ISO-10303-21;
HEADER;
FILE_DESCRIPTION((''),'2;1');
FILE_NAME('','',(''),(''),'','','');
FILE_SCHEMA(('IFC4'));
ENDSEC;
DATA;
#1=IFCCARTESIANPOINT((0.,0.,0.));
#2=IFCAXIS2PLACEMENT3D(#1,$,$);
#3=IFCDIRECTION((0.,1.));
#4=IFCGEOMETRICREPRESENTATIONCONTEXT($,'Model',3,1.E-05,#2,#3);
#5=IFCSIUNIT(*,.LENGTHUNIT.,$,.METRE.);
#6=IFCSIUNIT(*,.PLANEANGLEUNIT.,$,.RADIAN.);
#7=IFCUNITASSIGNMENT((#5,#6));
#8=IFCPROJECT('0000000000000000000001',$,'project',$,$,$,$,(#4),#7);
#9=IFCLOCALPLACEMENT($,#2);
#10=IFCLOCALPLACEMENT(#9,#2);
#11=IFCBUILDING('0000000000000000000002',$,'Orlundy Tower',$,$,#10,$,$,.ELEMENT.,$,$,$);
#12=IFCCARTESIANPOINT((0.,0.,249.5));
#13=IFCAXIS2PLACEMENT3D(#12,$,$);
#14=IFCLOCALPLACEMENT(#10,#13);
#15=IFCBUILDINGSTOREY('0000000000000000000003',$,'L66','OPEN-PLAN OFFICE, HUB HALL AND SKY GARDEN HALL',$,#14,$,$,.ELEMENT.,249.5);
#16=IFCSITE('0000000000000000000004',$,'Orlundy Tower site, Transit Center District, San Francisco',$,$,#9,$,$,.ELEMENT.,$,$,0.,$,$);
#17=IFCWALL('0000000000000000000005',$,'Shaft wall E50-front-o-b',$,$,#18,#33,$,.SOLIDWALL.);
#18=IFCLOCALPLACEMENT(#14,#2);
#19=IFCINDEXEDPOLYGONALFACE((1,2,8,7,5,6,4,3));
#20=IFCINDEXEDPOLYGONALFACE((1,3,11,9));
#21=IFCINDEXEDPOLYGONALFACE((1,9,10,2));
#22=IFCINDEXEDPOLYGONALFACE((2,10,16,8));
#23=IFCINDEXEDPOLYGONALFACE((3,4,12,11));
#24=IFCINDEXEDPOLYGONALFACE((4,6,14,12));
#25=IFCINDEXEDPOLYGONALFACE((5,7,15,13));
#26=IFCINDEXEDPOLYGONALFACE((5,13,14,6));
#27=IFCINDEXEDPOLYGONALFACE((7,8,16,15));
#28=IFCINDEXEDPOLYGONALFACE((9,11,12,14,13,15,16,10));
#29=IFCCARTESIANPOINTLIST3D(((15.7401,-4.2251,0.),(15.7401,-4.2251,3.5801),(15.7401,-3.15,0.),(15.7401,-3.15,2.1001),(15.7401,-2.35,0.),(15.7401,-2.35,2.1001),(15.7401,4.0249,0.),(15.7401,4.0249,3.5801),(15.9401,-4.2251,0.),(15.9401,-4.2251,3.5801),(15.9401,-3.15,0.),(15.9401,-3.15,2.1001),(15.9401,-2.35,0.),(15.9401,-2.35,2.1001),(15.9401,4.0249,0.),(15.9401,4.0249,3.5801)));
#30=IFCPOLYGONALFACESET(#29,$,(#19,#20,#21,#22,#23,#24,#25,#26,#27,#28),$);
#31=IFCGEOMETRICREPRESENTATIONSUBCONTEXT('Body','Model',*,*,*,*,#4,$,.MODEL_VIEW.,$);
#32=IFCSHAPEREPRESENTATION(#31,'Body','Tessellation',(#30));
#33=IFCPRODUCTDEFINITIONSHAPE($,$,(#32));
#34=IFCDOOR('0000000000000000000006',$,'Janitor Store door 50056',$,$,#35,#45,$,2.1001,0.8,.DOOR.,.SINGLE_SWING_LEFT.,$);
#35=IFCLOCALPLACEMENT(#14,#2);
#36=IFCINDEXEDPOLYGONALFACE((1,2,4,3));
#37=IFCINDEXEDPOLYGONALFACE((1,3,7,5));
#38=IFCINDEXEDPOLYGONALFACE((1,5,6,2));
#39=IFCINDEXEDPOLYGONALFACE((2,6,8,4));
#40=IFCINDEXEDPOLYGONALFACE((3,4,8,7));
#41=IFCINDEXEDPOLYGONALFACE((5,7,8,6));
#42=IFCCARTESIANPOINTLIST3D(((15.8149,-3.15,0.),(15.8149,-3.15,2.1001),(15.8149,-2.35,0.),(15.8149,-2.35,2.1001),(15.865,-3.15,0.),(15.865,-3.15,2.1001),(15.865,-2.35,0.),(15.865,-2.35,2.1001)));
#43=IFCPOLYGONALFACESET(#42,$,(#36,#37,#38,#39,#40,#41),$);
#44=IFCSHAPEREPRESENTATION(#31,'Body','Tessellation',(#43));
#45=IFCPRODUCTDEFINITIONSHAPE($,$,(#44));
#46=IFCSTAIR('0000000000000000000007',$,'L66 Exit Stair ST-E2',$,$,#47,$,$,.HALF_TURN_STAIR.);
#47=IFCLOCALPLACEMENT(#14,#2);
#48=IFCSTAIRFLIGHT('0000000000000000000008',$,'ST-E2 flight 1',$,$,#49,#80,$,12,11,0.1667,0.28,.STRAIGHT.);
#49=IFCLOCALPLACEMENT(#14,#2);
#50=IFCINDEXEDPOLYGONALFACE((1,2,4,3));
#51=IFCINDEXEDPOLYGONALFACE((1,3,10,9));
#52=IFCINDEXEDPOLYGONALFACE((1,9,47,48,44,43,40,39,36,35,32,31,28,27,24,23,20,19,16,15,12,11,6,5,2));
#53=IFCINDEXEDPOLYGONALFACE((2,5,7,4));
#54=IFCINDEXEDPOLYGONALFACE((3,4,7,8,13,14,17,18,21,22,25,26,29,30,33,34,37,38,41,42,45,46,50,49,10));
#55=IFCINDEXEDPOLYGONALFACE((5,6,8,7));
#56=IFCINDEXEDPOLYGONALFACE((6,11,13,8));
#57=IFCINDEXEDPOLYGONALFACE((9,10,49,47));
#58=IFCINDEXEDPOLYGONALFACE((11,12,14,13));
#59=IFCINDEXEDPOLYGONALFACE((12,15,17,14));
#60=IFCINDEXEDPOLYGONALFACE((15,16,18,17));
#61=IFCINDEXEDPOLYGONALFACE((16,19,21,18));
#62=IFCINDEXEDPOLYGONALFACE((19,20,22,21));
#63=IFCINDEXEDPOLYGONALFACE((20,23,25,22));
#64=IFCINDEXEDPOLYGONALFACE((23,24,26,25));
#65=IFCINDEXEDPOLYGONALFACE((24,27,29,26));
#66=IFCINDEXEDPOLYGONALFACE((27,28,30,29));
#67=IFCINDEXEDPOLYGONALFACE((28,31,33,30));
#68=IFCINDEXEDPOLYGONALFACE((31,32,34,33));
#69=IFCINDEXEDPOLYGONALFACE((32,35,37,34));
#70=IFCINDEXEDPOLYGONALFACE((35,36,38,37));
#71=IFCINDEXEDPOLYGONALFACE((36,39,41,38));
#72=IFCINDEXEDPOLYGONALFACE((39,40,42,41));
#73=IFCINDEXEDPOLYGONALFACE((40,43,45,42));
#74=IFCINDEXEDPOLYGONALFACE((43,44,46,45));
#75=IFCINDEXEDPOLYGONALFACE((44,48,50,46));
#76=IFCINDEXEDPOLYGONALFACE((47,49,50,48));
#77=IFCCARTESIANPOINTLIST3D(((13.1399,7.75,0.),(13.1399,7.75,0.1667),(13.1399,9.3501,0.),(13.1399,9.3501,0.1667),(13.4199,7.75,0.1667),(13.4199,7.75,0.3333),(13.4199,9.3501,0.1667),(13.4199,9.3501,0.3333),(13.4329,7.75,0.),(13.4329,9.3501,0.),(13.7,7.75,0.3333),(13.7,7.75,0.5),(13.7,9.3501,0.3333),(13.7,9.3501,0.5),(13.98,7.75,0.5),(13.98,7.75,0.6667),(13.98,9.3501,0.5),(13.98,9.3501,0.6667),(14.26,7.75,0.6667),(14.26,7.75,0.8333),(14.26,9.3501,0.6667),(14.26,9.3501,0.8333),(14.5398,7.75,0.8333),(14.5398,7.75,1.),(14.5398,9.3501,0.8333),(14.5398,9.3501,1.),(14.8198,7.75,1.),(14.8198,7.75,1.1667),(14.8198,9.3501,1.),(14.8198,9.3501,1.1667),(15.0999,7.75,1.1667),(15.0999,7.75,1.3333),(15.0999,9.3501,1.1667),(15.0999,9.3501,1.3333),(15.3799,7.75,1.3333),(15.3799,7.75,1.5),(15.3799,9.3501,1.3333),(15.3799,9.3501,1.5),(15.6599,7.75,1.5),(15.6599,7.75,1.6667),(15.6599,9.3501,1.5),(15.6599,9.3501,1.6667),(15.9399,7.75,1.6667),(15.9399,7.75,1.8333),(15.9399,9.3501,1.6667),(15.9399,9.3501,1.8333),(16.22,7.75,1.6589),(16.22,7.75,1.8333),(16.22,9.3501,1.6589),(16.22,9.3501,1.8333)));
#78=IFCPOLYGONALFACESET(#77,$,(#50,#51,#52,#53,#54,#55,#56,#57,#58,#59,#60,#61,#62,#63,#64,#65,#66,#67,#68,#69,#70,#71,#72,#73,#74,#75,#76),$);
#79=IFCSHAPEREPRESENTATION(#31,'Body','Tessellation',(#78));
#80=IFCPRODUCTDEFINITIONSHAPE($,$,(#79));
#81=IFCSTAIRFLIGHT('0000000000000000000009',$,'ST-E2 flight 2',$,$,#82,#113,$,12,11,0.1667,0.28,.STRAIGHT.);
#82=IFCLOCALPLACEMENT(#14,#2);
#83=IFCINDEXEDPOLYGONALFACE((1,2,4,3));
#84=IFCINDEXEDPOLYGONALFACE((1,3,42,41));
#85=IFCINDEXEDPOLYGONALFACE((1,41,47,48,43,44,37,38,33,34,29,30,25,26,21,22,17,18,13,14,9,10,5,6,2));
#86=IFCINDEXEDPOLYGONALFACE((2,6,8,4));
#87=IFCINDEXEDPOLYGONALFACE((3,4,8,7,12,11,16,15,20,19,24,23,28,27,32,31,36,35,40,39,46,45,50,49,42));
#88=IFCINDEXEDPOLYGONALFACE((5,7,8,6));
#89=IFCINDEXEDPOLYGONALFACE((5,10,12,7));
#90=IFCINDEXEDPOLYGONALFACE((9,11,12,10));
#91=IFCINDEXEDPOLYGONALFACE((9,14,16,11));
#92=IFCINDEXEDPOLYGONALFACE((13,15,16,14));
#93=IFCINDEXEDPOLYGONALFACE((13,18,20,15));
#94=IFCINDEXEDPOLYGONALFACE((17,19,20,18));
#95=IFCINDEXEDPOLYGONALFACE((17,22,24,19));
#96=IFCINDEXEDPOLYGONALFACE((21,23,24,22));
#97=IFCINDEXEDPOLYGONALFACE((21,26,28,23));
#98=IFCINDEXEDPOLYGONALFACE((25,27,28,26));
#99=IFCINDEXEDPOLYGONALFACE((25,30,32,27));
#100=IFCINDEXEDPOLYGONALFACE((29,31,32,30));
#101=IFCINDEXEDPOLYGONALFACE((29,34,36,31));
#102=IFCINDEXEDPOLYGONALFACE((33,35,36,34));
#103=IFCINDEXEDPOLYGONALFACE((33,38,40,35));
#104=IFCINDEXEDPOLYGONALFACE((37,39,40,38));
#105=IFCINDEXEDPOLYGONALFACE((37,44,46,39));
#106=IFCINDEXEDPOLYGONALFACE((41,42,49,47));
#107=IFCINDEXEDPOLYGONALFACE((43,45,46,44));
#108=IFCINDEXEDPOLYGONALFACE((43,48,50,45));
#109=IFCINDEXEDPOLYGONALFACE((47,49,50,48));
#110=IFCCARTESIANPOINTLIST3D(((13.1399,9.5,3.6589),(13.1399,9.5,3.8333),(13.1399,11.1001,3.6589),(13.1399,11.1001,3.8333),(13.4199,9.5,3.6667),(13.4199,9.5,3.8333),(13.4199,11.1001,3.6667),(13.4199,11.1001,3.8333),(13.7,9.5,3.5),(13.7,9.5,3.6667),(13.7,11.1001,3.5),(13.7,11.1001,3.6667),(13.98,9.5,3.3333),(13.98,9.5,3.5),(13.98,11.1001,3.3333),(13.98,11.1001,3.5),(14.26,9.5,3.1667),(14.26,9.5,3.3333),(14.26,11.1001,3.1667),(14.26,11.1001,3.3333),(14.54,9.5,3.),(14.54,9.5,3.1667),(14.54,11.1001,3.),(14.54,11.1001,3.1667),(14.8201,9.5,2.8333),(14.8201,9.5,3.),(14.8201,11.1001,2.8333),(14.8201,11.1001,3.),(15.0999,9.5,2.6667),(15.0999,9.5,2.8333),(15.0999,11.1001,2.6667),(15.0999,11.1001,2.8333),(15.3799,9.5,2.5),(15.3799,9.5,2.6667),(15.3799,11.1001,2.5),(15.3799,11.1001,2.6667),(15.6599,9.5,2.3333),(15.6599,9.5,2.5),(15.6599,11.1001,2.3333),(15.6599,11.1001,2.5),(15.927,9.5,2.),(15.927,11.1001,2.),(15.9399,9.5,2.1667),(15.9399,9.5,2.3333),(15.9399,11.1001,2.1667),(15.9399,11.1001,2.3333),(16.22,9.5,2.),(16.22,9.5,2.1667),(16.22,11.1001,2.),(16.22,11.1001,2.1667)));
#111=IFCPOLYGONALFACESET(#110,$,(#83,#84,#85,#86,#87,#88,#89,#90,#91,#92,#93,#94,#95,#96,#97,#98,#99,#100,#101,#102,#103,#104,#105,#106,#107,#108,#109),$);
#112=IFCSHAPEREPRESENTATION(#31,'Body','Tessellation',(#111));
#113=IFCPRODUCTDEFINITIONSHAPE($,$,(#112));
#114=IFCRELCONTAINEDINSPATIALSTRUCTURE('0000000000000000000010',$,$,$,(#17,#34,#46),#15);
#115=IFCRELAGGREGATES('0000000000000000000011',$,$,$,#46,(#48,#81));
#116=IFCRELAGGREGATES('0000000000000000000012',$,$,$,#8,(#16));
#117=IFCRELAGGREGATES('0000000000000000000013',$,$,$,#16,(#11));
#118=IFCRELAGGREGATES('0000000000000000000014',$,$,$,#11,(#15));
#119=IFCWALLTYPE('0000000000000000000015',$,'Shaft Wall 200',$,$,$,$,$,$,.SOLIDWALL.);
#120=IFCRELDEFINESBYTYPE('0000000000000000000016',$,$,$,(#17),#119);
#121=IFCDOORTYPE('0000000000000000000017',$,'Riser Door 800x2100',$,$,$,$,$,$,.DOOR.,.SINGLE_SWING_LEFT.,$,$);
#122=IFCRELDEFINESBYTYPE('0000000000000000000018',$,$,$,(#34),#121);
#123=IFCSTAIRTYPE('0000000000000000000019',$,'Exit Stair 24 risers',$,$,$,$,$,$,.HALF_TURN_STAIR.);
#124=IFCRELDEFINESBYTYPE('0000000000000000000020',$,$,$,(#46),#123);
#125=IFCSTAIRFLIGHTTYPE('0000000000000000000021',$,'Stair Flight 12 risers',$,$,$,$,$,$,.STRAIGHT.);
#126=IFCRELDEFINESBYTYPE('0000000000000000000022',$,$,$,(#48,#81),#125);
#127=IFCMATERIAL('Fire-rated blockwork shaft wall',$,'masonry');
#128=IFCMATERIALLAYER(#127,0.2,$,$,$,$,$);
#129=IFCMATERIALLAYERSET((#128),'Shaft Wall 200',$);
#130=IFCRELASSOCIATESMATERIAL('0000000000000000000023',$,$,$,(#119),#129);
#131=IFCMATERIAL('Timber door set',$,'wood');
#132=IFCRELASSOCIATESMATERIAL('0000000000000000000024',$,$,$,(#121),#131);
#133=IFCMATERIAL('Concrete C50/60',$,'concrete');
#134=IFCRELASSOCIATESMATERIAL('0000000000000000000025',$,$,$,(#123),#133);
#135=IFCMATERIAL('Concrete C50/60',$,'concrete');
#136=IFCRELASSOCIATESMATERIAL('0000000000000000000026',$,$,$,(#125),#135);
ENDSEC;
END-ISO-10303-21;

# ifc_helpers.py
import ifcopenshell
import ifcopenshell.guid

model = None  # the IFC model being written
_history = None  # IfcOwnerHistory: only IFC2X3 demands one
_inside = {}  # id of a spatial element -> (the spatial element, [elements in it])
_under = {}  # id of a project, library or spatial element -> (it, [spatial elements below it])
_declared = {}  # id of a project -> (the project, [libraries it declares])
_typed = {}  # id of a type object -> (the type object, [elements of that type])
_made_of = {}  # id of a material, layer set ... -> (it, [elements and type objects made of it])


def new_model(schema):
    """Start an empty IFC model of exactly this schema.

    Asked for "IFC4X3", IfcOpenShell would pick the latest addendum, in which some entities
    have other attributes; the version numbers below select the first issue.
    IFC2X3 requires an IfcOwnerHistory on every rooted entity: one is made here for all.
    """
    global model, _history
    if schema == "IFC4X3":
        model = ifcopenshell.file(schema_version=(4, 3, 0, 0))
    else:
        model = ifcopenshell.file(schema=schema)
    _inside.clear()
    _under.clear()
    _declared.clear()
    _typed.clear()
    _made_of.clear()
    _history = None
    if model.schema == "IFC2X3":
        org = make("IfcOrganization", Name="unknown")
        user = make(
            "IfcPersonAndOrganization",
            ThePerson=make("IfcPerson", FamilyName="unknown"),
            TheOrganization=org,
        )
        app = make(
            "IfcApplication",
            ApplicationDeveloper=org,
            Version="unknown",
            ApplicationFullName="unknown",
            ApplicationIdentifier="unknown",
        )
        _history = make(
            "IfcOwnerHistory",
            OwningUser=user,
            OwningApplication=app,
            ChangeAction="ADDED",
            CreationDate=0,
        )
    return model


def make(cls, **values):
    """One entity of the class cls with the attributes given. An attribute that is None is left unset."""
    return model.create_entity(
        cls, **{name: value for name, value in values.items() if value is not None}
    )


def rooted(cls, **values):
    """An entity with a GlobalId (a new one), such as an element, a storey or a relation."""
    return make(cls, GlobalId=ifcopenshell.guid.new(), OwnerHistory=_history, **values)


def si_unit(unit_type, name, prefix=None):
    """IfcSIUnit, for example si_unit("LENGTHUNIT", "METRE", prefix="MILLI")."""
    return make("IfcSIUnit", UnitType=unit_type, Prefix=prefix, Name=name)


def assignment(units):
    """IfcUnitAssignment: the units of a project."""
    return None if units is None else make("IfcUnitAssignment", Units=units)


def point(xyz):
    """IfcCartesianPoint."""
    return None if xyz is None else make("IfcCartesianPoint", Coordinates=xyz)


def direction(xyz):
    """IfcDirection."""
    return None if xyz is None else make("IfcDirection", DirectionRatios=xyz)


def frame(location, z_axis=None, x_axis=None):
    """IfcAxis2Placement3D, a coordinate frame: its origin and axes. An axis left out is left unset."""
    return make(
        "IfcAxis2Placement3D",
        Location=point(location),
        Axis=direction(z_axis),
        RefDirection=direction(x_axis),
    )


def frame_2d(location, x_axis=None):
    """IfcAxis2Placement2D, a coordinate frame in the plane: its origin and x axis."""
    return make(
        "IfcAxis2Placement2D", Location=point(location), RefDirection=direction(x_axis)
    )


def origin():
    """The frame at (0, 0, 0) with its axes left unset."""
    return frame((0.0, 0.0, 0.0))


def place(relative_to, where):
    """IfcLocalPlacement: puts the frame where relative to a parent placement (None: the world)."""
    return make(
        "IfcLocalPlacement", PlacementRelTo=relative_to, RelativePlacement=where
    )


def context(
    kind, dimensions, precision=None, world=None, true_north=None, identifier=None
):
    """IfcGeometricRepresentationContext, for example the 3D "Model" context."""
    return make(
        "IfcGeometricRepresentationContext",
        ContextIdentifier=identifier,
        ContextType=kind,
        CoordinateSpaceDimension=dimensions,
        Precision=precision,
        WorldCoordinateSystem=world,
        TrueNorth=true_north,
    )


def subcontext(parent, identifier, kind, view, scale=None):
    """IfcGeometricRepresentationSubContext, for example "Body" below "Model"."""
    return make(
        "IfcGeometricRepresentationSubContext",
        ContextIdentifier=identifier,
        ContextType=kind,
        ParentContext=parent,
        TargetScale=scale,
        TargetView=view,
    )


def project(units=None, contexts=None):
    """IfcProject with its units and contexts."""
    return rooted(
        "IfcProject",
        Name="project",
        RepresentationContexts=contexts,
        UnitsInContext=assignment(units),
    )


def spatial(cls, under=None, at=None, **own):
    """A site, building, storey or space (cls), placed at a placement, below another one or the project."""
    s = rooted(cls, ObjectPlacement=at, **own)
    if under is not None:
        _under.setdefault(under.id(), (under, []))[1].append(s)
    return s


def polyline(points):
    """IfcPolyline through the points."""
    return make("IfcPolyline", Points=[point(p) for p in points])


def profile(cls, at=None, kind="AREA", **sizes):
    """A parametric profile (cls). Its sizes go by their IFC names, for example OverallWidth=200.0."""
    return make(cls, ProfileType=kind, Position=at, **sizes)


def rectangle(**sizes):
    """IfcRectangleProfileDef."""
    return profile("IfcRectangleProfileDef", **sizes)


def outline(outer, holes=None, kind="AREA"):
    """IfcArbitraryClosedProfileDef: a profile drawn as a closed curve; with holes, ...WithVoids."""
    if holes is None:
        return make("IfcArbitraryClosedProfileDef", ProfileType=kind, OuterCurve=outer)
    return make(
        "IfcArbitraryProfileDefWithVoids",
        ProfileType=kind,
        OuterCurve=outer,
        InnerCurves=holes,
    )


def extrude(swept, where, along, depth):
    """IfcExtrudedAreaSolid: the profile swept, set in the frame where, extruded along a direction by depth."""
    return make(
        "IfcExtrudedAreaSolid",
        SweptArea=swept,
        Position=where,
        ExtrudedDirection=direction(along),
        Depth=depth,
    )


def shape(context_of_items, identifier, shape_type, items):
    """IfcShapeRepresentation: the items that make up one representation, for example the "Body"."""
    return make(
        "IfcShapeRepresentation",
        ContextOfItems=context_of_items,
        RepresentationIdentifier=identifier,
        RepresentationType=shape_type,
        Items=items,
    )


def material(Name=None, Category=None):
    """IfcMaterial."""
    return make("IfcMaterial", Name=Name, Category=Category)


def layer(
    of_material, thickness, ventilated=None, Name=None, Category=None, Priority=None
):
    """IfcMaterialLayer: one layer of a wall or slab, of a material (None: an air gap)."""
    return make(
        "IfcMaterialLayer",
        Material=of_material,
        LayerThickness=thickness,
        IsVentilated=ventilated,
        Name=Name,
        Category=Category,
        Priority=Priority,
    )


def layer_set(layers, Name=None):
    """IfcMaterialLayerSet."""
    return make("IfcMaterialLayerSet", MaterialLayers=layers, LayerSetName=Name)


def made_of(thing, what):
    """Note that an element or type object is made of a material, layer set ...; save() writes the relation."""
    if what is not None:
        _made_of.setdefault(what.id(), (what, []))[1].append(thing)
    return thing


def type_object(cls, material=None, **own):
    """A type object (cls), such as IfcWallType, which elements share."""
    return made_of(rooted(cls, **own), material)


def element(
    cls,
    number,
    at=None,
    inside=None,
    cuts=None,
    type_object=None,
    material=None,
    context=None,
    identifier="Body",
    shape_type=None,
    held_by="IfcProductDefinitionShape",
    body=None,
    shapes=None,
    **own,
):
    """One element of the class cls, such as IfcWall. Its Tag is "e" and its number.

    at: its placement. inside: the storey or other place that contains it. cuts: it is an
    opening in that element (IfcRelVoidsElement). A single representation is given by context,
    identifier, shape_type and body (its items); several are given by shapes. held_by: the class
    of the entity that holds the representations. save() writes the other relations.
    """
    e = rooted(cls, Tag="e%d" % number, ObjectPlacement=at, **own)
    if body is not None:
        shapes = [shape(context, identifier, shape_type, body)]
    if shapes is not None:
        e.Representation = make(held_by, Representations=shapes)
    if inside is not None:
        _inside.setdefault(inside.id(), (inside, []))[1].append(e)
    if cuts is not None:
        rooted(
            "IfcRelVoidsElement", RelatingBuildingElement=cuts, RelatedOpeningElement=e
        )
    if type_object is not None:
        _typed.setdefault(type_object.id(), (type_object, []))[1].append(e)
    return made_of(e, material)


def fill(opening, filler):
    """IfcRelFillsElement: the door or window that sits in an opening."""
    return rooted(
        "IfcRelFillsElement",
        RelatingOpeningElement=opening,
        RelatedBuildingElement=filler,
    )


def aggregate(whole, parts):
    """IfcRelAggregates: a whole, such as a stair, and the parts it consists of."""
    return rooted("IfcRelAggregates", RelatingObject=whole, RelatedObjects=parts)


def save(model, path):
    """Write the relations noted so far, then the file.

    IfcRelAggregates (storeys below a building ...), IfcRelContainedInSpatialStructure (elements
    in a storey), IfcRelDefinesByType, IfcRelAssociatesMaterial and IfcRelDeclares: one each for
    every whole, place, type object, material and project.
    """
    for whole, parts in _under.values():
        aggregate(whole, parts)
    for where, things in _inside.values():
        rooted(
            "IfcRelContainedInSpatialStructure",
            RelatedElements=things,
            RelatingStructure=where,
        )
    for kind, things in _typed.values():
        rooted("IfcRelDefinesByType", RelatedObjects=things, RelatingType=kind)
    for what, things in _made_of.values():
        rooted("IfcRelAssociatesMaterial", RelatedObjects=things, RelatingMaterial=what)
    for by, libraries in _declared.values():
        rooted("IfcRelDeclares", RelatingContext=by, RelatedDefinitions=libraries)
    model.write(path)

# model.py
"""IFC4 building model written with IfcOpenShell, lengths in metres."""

from ifc_helpers import new_model, si_unit, direction, frame, frame_2d, origin, place, context, subcontext, project, spatial, polyline, rectangle, outline, extrude, material, layer, layer_set, type_object, element, fill, aggregate, save


model = new_model("IFC4")

# Units and contexts
model_context = context("Model", 3, precision=1e-05, world=origin(), true_north=direction((0.0, 1.0)))
body_context = subcontext(model_context, "Body", "Model", "MODEL_VIEW")
ifc_project = project(units=[si_unit("LENGTHUNIT", "METRE"), si_unit("PLANEANGLEUNIT", "RADIAN")], contexts=[model_context])

# Site, building, storey
site_placement = place(None, origin())
site = spatial("IfcSite", under=ifc_project, at=site_placement, Name="Orlundy Tower site, Transit Center District, San Francisco", CompositionType="ELEMENT", RefElevation=0.0)
building_placement = place(site_placement, origin())
building = spatial("IfcBuilding", under=site, at=building_placement, Name="Orlundy Tower", CompositionType="ELEMENT")
storey_placement = place(building_placement, frame((0.0, 0.0, 249.5)))
storey = spatial("IfcBuildingStorey", under=building, at=storey_placement, Name="L66", Description="OPEN-PLAN OFFICE, HUB HALL AND SKY GARDEN HALL", CompositionType="ELEMENT", Elevation=249.5)

# Shared definitions
ifc_material_1 = material(Name="Fire-rated blockwork shaft wall", Category="masonry")
ifc_layer_1 = layer(ifc_material_1, 0.2)
ifc_layer_set_1 = layer_set([ifc_layer_1], Name="Shaft Wall 200")
wall_type_1 = type_object("IfcWallType", Name="Shaft Wall 200", PredefinedType="SOLIDWALL", material=ifc_layer_set_1)

# Shared definitions
ifc_material_2 = material(Name="Timber door set", Category="wood")
door_type_1 = type_object("IfcDoorType", Name="Riser Door 800x2100", OperationType="SINGLE_SWING_LEFT", PredefinedType="DOOR", material=ifc_material_2)

# Wall, opening, door
wall_1_placement = place(storey_placement, frame((15.8401, 4.0249, 0.0), z_axis=(0.0, 0.0, 1.0), x_axis=(0.0, -1.0, 0.0)))
wall_1 = element("IfcWall", 1, at=wall_1_placement, inside=storey, type_object=wall_type_1, Name="Shaft wall E50-front-o-b", PredefinedType="SOLIDWALL", context=body_context, shape_type="SweptSolid", body=[
    extrude(rectangle(XDim=8.25, YDim=0.2, at=frame_2d((4.125, 0.0))), origin(), (0.0, 0.0, 1.0), 3.5801),
])
opening_1_placement = place(wall_1_placement, frame((6.375, 0.0, 0.0)))
opening_1 = element("IfcOpeningElement", 2, at=opening_1_placement, cuts=wall_1, PredefinedType="OPENING", context=body_context, shape_type="SweptSolid", body=[
    extrude(rectangle(XDim=0.8, YDim=2.1001, at=frame_2d((0.3999, 1.05))), frame((0.0, 0.1101, 0.0), z_axis=(0.0, -1.0, 0.0), x_axis=(1.0, 0.0, 0.0)), (0.0, 0.0, 1.0), 0.2202),
])
door_1_placement = place(opening_1_placement, origin())
door_1 = element("IfcDoor", 3, at=door_1_placement, inside=storey, type_object=door_type_1, Name="Janitor Store door 50056", OperationType="SINGLE_SWING_LEFT", OverallHeight=2.1001, OverallWidth=0.8, PredefinedType="DOOR", context=body_context, shape_type="SweptSolid", body=[
    extrude(rectangle(XDim=0.8, YDim=2.1001, at=frame_2d((0.3999, 1.05))), frame((0.0, 0.0249, 0.0), z_axis=(0.0, -1.0, 0.0), x_axis=(1.0, 0.0, 0.0)), (0.0, 0.0, 1.0), 0.05),
])
fill(opening_1, door_1)

# Stair, stair flights
ifc_material_3 = material(Name="Concrete C50/60", Category="concrete")
stair_type = type_object("IfcStairType", Name="Exit Stair 24 risers", PredefinedType="HALF_TURN_STAIR", material=ifc_material_3)
stair_placement = place(storey_placement, origin())
stair = element("IfcStair", 4, at=stair_placement, inside=storey, type_object=stair_type, Name="L66 Exit Stair ST-E2", PredefinedType="HALF_TURN_STAIR")
ifc_material_4 = material(Name="Concrete C50/60", Category="concrete")
stair_flight_type = type_object("IfcStairFlightType", Name="Stair Flight 12 risers", PredefinedType="STRAIGHT", material=ifc_material_4)
stair_flight_1_placement = place(storey_placement, frame((13.1399, 8.55, 0.0), z_axis=(0.0, 0.0, 1.0), x_axis=(1.0, 0.0, 0.0)))
stair_flight_1 = element("IfcStairFlight", 5, at=stair_flight_1_placement, type_object=stair_flight_type, Name="ST-E2 flight 1", NumberOfRisers=12, NumberOfTreads=11, PredefinedType="STRAIGHT", RiserHeight=0.1667, TreadLength=0.28, context=body_context, shape_type="SweptSolid", body=[
    extrude(outline(polyline([(0.0, 0.0), (0.0, 0.1667), (0.28, 0.1667), (0.28, 0.3333), (0.5601, 0.3333), (0.5601, 0.5), (0.8401, 0.5), (0.8401, 0.6667), (1.1201, 0.6667), (1.1201, 0.8333), (1.3999, 0.8333), (1.3999, 1.0), (1.6799, 1.0), (1.6799, 1.1667), (1.96, 1.1667), (1.96, 1.3333), (2.24, 1.3333), (2.24, 1.5), (2.52, 1.5), (2.52, 1.6667), (2.8, 1.6667), (2.8, 1.8333), (3.0801, 1.8333), (3.0801, 2.0), (3.0801, 1.6589), (0.293, 0.0), (0.0, 0.0)])), frame((0.0, 0.8, 0.0), z_axis=(0.0, -1.0, 0.0), x_axis=(1.0, 0.0, 0.0)), (0.0, 0.0, 1.0), 1.6001),
])
stair_flight_2_placement = place(storey_placement, frame((16.22, 10.3, 2.0), z_axis=(0.0, 0.0, 1.0), x_axis=(-1.0, 0.0, 0.0)))
stair_flight_2 = element("IfcStairFlight", 6, at=stair_flight_2_placement, type_object=stair_flight_type, Name="ST-E2 flight 2", NumberOfRisers=12, NumberOfTreads=11, PredefinedType="STRAIGHT", RiserHeight=0.1667, TreadLength=0.28, context=body_context, shape_type="SweptSolid", body=[
    extrude(outline(polyline([(0.0, 0.0), (0.0, 0.1667), (0.28, 0.1667), (0.28, 0.3333), (0.5601, 0.3333), (0.5601, 0.5), (0.8401, 0.5), (0.8401, 0.6667), (1.1201, 0.6667), (1.1201, 0.8333), (1.3999, 0.8333), (1.3999, 1.0), (1.6799, 1.0), (1.6799, 1.1667), (1.96, 1.1667), (1.96, 1.3333), (2.24, 1.3333), (2.24, 1.5), (2.52, 1.5), (2.52, 1.6667), (2.8, 1.6667), (2.8, 1.8333), (3.0801, 1.8333), (3.0801, 2.0), (3.0801, 1.6589), (0.293, 0.0), (0.0, 0.0)])), frame((0.0, 0.8, 0.0), z_axis=(0.0, -1.0, 0.0), x_axis=(1.0, 0.0, 0.0)), (0.0, 0.0, 1.0), 1.6001),
])
aggregate(stair, [stair_flight_1, stair_flight_2])

save(model, "model.ifc")
